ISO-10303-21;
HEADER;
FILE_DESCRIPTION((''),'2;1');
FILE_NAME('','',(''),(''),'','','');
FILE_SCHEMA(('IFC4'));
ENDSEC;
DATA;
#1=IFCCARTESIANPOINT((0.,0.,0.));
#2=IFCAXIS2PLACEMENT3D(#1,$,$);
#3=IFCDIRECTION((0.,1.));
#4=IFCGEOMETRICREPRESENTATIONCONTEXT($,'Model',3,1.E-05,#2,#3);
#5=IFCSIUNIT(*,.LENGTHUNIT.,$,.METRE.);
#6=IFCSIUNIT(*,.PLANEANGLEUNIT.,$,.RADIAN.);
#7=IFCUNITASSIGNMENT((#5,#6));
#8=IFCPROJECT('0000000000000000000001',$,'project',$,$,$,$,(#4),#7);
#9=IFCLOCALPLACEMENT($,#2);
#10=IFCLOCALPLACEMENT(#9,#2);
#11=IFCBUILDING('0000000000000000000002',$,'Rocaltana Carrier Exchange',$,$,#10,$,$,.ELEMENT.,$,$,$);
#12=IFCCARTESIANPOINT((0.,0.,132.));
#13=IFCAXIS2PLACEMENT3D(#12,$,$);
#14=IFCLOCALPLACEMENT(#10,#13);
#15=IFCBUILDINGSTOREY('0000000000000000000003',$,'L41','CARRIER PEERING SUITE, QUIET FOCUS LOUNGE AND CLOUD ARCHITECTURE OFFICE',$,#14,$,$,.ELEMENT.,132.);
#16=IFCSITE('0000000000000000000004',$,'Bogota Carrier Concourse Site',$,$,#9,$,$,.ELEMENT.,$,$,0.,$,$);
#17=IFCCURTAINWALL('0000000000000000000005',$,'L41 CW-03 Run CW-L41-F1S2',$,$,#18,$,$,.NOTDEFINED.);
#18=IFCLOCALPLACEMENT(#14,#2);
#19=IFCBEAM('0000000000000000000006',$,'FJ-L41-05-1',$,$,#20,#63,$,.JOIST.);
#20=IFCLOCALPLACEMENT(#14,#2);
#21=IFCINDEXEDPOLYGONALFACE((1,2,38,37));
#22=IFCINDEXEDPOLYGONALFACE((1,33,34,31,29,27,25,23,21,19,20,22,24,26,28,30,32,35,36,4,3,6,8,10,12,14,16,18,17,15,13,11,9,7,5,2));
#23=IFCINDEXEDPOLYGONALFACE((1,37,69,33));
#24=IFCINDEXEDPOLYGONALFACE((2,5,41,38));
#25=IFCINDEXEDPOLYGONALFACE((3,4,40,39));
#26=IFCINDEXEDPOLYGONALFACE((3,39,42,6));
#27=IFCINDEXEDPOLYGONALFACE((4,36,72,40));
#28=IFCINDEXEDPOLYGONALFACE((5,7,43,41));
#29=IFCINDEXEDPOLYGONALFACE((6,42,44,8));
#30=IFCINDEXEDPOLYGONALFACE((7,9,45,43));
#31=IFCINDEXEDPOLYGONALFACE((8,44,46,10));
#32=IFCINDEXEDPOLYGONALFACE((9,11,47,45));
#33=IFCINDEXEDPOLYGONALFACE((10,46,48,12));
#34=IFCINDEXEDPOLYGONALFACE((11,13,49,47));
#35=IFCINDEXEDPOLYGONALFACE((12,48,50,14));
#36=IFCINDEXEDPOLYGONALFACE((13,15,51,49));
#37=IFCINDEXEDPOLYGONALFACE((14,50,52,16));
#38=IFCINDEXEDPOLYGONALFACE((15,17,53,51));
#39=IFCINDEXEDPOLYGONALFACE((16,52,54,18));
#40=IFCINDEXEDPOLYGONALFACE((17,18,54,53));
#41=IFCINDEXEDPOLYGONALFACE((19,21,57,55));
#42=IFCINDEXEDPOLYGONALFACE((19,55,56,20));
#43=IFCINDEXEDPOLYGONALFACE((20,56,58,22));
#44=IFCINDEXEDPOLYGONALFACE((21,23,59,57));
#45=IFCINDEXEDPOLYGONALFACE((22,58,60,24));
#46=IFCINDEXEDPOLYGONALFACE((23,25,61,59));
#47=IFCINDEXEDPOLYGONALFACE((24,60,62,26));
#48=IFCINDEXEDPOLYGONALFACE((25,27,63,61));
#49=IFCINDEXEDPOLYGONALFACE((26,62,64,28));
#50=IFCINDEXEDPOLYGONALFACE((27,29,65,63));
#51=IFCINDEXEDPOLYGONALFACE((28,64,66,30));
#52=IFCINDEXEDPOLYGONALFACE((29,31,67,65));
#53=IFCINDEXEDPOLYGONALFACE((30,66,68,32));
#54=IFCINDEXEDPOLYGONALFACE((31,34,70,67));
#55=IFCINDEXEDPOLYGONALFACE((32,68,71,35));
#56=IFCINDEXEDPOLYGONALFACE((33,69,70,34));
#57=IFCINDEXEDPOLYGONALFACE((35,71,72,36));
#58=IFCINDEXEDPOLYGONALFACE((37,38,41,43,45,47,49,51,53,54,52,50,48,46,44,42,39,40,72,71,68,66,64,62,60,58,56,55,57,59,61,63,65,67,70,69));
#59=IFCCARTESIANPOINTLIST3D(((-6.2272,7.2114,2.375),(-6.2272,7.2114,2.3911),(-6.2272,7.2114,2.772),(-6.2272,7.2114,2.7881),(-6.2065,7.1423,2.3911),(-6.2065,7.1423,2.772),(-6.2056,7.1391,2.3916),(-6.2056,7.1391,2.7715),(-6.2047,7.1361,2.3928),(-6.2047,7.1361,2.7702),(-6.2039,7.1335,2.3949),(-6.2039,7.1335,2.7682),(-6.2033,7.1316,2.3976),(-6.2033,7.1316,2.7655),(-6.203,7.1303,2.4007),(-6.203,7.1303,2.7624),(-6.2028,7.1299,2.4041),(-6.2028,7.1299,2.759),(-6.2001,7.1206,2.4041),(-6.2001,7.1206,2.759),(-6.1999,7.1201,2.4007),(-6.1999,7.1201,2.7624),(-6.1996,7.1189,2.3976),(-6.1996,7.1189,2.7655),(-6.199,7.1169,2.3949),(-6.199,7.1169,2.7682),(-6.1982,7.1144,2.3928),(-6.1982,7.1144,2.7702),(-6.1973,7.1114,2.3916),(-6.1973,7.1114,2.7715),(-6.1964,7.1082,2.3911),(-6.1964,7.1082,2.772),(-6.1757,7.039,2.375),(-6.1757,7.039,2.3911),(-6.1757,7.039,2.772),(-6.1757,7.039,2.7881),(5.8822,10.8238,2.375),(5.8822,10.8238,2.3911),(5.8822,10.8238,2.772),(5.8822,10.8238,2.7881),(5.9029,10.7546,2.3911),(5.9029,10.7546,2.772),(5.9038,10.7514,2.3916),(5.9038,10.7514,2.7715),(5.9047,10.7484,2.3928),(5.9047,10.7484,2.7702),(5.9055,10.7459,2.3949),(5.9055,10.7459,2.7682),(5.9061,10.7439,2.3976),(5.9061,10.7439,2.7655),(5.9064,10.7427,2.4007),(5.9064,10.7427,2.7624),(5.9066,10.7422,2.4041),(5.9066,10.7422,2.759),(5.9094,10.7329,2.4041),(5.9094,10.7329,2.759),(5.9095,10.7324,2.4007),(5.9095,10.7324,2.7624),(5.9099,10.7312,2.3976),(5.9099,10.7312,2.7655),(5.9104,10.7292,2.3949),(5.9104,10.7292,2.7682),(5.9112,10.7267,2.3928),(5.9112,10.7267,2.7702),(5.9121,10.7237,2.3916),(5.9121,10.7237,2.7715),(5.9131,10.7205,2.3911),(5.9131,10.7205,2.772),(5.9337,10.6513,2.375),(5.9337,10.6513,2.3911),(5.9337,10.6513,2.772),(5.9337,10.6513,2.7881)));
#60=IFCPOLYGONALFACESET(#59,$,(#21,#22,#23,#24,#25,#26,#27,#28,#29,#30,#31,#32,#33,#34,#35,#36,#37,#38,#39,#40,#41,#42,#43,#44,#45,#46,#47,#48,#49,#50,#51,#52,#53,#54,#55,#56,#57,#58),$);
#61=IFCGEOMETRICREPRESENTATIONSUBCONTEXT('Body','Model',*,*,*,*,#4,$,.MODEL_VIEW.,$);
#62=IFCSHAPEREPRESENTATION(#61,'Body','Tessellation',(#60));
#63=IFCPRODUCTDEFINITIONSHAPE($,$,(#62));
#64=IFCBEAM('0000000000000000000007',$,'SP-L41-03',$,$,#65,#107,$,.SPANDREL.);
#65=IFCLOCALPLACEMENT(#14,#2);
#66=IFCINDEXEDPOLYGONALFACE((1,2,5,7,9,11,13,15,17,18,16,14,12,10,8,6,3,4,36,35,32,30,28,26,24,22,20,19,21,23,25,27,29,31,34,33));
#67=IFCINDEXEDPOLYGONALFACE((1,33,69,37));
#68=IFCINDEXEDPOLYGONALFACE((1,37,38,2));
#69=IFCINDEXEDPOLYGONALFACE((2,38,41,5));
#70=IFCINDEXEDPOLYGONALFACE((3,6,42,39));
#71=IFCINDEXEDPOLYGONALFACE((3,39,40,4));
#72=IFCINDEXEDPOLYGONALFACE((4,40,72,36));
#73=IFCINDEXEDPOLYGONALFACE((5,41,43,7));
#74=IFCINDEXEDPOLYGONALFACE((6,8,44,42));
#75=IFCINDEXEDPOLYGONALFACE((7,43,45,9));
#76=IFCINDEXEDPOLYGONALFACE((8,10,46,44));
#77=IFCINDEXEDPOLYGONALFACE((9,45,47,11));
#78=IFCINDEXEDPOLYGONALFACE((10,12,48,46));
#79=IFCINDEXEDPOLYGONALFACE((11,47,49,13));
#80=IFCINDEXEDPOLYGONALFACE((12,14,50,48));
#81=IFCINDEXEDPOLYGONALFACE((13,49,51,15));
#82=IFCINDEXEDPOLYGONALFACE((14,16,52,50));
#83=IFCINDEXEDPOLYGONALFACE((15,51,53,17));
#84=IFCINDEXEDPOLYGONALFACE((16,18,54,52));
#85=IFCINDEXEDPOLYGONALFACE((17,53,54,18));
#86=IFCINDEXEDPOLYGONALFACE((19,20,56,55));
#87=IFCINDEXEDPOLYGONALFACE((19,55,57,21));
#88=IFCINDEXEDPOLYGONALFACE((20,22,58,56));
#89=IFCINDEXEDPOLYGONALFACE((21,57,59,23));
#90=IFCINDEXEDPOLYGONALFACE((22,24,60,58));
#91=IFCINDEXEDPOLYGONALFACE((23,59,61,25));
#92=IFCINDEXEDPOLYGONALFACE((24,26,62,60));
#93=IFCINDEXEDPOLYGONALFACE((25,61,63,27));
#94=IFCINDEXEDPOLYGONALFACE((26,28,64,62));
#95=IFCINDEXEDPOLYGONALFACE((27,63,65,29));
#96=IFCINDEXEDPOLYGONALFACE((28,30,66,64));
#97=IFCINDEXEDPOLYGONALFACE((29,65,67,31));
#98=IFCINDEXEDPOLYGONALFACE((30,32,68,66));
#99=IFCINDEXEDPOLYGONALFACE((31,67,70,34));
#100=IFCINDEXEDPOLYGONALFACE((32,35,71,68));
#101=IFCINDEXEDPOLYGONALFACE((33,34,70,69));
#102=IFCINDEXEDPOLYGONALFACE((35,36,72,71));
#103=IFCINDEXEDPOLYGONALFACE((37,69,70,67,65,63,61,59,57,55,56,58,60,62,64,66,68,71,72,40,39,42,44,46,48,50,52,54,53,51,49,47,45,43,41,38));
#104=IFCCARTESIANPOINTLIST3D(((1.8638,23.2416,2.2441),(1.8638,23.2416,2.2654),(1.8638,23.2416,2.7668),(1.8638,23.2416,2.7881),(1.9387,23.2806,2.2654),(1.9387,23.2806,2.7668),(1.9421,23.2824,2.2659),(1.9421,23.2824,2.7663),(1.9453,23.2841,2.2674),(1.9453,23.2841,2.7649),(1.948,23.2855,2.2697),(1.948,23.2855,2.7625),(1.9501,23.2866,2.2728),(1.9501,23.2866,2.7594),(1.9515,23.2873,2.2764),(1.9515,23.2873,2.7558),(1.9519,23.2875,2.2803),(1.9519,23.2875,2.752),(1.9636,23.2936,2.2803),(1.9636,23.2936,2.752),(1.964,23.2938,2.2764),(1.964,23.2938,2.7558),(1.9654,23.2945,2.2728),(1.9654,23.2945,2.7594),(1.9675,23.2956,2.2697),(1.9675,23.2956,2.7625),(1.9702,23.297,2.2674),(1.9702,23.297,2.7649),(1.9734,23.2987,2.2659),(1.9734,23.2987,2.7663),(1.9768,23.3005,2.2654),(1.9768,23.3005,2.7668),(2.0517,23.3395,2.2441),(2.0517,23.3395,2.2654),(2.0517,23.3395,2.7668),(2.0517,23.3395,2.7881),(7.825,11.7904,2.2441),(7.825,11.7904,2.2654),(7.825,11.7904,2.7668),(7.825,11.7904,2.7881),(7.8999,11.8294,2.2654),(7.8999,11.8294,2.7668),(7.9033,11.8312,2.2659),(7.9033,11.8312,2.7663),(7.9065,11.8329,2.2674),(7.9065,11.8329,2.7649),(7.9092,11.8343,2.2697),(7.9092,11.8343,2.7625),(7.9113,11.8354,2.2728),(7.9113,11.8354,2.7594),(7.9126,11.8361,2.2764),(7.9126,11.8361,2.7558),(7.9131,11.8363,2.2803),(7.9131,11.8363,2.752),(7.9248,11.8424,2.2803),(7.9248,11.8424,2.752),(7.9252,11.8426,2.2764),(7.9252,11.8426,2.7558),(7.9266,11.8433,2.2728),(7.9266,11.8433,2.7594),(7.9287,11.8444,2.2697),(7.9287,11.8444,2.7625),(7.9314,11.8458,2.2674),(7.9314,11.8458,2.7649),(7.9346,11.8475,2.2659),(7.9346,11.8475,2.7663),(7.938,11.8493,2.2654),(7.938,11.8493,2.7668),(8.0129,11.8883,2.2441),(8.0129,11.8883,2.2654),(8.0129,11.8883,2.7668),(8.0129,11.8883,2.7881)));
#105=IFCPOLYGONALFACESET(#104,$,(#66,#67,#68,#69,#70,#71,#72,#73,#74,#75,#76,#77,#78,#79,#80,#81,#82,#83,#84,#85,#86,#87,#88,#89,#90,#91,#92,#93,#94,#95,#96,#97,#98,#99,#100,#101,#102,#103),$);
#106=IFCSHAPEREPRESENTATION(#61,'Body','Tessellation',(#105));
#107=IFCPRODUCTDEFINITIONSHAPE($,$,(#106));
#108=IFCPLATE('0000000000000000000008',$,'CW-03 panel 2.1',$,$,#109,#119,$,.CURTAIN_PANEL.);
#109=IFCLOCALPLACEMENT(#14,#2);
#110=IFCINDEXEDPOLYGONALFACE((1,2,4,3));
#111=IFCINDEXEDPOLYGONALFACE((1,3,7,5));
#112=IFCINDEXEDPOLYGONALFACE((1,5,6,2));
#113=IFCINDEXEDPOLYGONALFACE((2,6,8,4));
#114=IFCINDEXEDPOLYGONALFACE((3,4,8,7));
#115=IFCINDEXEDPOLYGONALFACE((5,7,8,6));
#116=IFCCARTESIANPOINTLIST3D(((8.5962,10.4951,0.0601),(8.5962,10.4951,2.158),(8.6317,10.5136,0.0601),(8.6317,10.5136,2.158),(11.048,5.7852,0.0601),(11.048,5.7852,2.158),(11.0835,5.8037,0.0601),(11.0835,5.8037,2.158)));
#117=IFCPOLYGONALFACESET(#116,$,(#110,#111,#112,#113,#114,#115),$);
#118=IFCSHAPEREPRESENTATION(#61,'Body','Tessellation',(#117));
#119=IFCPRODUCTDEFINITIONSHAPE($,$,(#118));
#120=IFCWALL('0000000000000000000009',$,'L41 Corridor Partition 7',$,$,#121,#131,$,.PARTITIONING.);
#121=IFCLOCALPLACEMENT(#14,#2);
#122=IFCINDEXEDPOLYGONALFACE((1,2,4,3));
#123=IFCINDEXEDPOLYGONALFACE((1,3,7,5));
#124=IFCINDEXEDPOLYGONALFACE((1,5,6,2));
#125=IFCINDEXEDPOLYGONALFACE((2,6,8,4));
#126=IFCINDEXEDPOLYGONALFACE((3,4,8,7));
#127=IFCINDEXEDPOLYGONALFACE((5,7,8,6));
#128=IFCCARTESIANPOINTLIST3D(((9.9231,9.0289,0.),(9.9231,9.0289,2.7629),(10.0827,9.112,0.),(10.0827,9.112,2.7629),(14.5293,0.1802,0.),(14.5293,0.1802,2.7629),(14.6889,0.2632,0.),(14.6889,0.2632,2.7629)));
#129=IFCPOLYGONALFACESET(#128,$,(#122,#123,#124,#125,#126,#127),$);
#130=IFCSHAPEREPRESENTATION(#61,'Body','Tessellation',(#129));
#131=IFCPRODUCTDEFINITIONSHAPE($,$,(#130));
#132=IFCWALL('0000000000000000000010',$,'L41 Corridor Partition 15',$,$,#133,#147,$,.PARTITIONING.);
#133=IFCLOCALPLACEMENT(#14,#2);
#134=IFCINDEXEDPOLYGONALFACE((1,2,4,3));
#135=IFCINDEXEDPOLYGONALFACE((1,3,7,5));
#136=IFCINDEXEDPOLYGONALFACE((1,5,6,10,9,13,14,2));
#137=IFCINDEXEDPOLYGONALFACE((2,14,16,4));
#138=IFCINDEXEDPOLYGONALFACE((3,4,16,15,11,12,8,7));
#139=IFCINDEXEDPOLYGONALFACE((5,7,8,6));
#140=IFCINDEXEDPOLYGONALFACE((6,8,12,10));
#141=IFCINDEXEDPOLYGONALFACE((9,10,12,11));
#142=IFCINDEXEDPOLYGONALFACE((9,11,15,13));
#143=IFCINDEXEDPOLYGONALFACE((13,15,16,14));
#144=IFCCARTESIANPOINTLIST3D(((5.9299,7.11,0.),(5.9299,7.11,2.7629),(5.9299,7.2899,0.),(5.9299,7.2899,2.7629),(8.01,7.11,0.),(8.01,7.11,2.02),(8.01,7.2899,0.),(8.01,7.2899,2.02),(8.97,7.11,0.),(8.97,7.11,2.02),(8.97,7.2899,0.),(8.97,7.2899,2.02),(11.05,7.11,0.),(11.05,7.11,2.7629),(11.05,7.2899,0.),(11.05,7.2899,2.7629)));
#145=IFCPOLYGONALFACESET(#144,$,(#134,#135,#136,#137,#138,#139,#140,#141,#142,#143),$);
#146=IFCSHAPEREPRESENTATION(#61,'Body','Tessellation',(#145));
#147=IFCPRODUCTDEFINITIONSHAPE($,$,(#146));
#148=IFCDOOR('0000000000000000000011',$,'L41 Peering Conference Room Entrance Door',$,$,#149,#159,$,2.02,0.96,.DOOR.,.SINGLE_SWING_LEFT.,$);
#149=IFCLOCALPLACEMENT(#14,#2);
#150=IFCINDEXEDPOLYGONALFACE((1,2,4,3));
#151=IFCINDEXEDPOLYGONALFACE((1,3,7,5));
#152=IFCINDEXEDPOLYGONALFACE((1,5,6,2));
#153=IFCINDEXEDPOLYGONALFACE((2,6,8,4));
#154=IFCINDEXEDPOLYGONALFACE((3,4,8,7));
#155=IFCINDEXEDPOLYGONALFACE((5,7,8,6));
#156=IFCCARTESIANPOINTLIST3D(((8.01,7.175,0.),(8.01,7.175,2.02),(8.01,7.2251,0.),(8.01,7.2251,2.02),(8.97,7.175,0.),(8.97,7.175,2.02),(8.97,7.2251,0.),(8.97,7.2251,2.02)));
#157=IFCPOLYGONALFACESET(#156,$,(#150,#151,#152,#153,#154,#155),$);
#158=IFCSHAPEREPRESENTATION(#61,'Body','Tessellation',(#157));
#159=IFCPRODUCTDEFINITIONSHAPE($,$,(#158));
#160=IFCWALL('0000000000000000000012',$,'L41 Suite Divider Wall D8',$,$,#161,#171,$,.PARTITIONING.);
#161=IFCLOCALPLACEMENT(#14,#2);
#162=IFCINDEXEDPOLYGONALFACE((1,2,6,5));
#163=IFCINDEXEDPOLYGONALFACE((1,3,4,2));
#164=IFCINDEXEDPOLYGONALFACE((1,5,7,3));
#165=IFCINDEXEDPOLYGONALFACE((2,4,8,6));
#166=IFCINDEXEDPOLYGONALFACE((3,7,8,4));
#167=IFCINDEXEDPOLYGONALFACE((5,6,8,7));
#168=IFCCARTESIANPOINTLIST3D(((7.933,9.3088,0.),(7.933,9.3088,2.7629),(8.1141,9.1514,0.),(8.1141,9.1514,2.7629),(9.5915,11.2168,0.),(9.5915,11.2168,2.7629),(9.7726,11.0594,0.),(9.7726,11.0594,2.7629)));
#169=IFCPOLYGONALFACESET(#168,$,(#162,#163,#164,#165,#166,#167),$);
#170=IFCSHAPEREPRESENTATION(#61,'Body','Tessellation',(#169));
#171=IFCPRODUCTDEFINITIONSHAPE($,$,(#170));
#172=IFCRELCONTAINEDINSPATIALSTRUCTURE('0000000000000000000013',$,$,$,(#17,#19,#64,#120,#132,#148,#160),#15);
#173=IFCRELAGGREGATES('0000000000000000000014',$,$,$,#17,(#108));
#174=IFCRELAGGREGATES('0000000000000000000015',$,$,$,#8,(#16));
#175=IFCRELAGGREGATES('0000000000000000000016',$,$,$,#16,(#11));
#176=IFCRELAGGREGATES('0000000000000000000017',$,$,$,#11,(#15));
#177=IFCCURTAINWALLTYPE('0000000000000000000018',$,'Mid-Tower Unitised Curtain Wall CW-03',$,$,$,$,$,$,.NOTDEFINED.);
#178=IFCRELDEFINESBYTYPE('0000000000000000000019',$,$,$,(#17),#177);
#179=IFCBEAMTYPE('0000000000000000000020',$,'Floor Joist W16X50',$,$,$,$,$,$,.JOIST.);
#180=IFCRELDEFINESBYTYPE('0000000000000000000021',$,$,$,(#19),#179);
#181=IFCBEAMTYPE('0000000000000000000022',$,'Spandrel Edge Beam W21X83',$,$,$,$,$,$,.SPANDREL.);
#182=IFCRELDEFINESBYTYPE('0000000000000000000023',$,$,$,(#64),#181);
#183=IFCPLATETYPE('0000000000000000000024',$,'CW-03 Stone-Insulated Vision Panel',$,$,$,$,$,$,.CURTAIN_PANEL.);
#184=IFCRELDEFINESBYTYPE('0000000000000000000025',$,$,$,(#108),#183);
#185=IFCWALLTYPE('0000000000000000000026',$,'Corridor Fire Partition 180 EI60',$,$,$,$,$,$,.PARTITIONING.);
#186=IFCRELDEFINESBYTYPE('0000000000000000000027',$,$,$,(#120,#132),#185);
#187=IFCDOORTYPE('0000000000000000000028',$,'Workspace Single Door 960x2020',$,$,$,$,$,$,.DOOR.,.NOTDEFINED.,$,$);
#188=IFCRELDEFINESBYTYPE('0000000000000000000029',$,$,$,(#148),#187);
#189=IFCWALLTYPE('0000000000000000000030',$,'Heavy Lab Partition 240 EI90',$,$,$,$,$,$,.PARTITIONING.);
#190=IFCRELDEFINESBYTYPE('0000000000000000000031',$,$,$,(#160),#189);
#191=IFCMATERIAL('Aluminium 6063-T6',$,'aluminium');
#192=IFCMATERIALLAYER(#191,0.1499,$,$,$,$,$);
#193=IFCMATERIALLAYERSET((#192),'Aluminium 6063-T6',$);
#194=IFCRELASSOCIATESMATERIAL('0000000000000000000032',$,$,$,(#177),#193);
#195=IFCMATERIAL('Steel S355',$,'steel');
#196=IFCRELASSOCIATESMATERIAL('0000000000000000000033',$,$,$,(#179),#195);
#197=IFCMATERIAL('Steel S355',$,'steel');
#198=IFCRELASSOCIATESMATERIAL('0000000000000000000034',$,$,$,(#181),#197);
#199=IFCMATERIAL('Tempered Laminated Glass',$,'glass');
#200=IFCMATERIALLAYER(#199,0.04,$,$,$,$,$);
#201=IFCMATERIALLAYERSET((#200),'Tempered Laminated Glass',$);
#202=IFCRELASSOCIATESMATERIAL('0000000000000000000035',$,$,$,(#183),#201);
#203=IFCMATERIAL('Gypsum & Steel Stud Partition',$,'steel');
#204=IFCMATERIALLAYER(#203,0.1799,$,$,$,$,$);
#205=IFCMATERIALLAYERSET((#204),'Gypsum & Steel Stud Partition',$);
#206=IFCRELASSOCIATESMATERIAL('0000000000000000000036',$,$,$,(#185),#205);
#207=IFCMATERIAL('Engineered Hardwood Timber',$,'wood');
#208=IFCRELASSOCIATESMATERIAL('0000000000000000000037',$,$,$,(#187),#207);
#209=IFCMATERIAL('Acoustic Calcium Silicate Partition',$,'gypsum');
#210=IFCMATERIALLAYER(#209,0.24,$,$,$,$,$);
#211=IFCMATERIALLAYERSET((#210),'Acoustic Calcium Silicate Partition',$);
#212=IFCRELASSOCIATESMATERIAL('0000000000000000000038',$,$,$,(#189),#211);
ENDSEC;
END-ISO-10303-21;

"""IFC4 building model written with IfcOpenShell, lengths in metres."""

from ifc_helpers import new_model, si_unit, direction, frame, frame_2d, origin, origin_2d, place, context, subcontext, project, spatial, rectangle, i_section, extrude, material, layer, layer_set, material_profile, profile_set, type_object, element, fill, aggregate, save


model = new_model("IFC4")

# Units and contexts
model_context = context("Model", 3, precision=1e-05, world=origin(), true_north=direction((0.0, 1.0)))
body_context = subcontext(model_context, "Body", "Model", "MODEL_VIEW")
ifc_project = project(units=[si_unit("LENGTHUNIT", "METRE"), si_unit("PLANEANGLEUNIT", "RADIAN")], contexts=[model_context])

# Site, building, storey
site_placement = place(None, origin())
site = spatial("IfcSite", under=ifc_project, at=site_placement, Name="Bogota Carrier Concourse Site", CompositionType="ELEMENT", RefElevation=0.0)
building_placement = place(site_placement, origin())
building = spatial("IfcBuilding", under=site, at=building_placement, Name="Rocaltana Carrier Exchange", CompositionType="ELEMENT")
storey_placement = place(building_placement, frame((0.0, 0.0, 132.0)))
storey = spatial("IfcBuildingStorey", under=building, at=storey_placement, Name="L41", Description="CARRIER PEERING SUITE, QUIET FOCUS LOUNGE AND CLOUD ARCHITECTURE OFFICE", CompositionType="ELEMENT", Elevation=132.0)

# Curtain wall
ifc_material_1 = material(Name="Aluminium 6063-T6", Category="aluminium")
ifc_layer_1 = layer(ifc_material_1, 0.1499)
ifc_layer_set_1 = layer_set([ifc_layer_1], Name="Aluminium 6063-T6")
curtain_wall_type = type_object("IfcCurtainWallType", Name="Mid-Tower Unitised Curtain Wall CW-03", PredefinedType="NOTDEFINED", material=ifc_layer_set_1)
curtain_wall_placement = place(storey_placement, origin())
curtain_wall = element("IfcCurtainWall", 1, at=curtain_wall_placement, inside=storey, type_object=curtain_wall_type, Name="L41 CW-03 Run CW-L41-F1S2", PredefinedType="NOTDEFINED")

# Beams
ifc_material_2 = material(Name="Steel S355", Category="steel")
ifc_material_profile_1 = material_profile(ifc_material_2, i_section(OverallWidth=0.1799, OverallDepth=0.4131, WebThickness=0.0098, FlangeThickness=0.0161, FilletRadius=0.0129, at=origin_2d()), Name="W16X50")
ifc_profile_set_1 = profile_set([ifc_material_profile_1], Name="Steel S355")
beam_type_1 = type_object("IfcBeamType", Name="Floor Joist W16X50", PredefinedType="JOIST", material=ifc_profile_set_1)
beam_1_placement = place(storey_placement, frame((5.908, 10.7375, 2.5815), z_axis=(-0.958272, -0.285859, 0.0), x_axis=(0.285859, -0.958272, 0.0)))
element("IfcBeam", 2, at=beam_1_placement, inside=storey, type_object=beam_type_1, Name="FJ-L41-05-1", PredefinedType="JOIST", context=body_context, shape_type="SweptSolid", body=[
    extrude(i_section(OverallWidth=0.1799, OverallDepth=0.4131, WebThickness=0.0098, FlangeThickness=0.0161, FilletRadius=0.0129, at=origin_2d()), origin(), (0.0, 0.0, 1.0), 12.6367),
])
ifc_material_3 = material(Name="Steel S355", Category="steel")
ifc_material_profile_2 = material_profile(ifc_material_3, i_section(OverallWidth=0.2119, OverallDepth=0.5439, WebThickness=0.0132, FlangeThickness=0.0212, FilletRadius=0.0149, at=origin_2d()), Name="W21X83")
ifc_profile_set_2 = profile_set([ifc_material_profile_2], Name="Steel S355")
beam_type_2 = type_object("IfcBeamType", Name="Spandrel Edge Beam W21X83", PredefinedType="SPANDREL", material=ifc_profile_set_2)
beam_2_placement = place(storey_placement, frame((7.9189, 11.8394, 2.5161), z_axis=(-0.461753, 0.887008, 0.0), x_axis=(-0.887008, -0.461753, 0.0)))
element("IfcBeam", 3, at=beam_2_placement, inside=storey, type_object=beam_type_2, Name="SP-L41-03", PredefinedType="SPANDREL", context=body_context, shape_type="SweptSolid", body=[
    extrude(i_section(OverallWidth=0.2119, OverallDepth=0.5439, WebThickness=0.0132, FlangeThickness=0.0212, FilletRadius=0.0149, at=origin_2d()), origin(), (0.0, 0.0, 1.0), 12.9099),
])

# Plate
ifc_material_4 = material(Name="Tempered Laminated Glass", Category="glass")
ifc_layer_2 = layer(ifc_material_4, 0.04)
ifc_layer_set_2 = layer_set([ifc_layer_2], Name="Tempered Laminated Glass")
plate_type = type_object("IfcPlateType", Name="CW-03 Stone-Insulated Vision Panel", PredefinedType="CURTAIN_PANEL", material=ifc_layer_set_2)
plate_placement = place(storey_placement, frame((9.8398, 8.1494, 0.0601), z_axis=(0.0, 0.0, 1.0), x_axis=(-0.461747, 0.887012, 0.0)))
plate = element("IfcPlate", 4, at=plate_placement, type_object=plate_type, Name="CW-03 panel 2.1", PredefinedType="CURTAIN_PANEL", context=body_context, shape_type="SweptSolid", body=[
    extrude(rectangle(XDim=5.3098, YDim=0.04, at=origin_2d()), origin(), (0.0, 0.0, 1.0), 2.0979),
])
aggregate(curtain_wall, [plate])

# Wall
ifc_material_5 = material(Name="Gypsum & Steel Stud Partition", Category="steel")
ifc_layer_3 = layer(ifc_material_5, 0.1799)
ifc_layer_set_3 = layer_set([ifc_layer_3], Name="Gypsum & Steel Stud Partition")
wall_type_1 = type_object("IfcWallType", Name="Corridor Fire Partition 180 EI60", PredefinedType="PARTITIONING", material=ifc_layer_set_3)
wall_1_placement = place(storey_placement, frame((10.0029, 9.0703, 0.0), z_axis=(0.0, 0.0, 1.0), x_axis=(0.46174, -0.887015, 0.0)))
element("IfcWall", 5, at=wall_1_placement, inside=storey, type_object=wall_type_1, Name="L41 Corridor Partition 7", PredefinedType="PARTITIONING", context=body_context, shape_type="SweptSolid", body=[
    extrude(rectangle(XDim=9.9758, YDim=0.1799, at=frame_2d((4.9878, 0.0))), origin(), (0.0, 0.0, 1.0), 2.7629),
])

# Wall, opening, door
wall_2_placement = place(storey_placement, frame((11.05, 7.2, 0.0), z_axis=(0.0, 0.0, 1.0), x_axis=(-1.0, 0.0, 0.0)))
wall_2 = element("IfcWall", 6, at=wall_2_placement, inside=storey, type_object=wall_type_1, Name="L41 Corridor Partition 15", PredefinedType="PARTITIONING", context=body_context, shape_type="SweptSolid", body=[
    extrude(rectangle(XDim=5.1201, YDim=0.1799, at=frame_2d((2.5601, 0.0))), origin(), (0.0, 0.0, 1.0), 2.7629),
])
opening_1_placement = place(wall_2_placement, frame((2.0801, 0.0, 0.0)))
opening_1 = element("IfcOpeningElement", 7, at=opening_1_placement, cuts=wall_2, PredefinedType="OPENING", context=body_context, shape_type="SweptSolid", body=[
    extrude(rectangle(XDim=0.96, YDim=2.02, at=frame_2d((0.48, 1.01))), frame((0.0, 0.0999, 0.0), z_axis=(0.0, -1.0, 0.0), x_axis=(1.0, 0.0, 0.0)), (0.0, 0.0, 1.0), 0.2),
])
ifc_material_6 = material(Name="Engineered Hardwood Timber", Category="wood")
door_type_1 = type_object("IfcDoorType", Name="Workspace Single Door 960x2020", OperationType="NOTDEFINED", PredefinedType="DOOR", material=ifc_material_6)
door_1_placement = place(opening_1_placement, origin())
door_1 = element("IfcDoor", 8, at=door_1_placement, inside=storey, type_object=door_type_1, Name="L41 Peering Conference Room Entrance Door", OperationType="SINGLE_SWING_LEFT", OverallHeight=2.02, OverallWidth=0.96, PredefinedType="DOOR", context=body_context, shape_type="SweptSolid", body=[
    extrude(rectangle(XDim=0.96, YDim=2.02, at=frame_2d((0.48, 1.01))), frame((0.0, 0.0249, 0.0), z_axis=(0.0, -1.0, 0.0), x_axis=(1.0, 0.0, 0.0)), (0.0, 0.0, 1.0), 0.05),
])
fill(opening_1, door_1)

# Wall
ifc_material_7 = material(Name="Acoustic Calcium Silicate Partition", Category="gypsum")
ifc_layer_4 = layer(ifc_material_7, 0.24)
ifc_layer_set_4 = layer_set([ifc_layer_4], Name="Acoustic Calcium Silicate Partition")
wall_type_2 = type_object("IfcWallType", Name="Heavy Lab Partition 240 EI90", PredefinedType="PARTITIONING", material=ifc_layer_set_4)
wall_3_placement = place(storey_placement, frame((8.0234, 9.23, 0.0), z_axis=(0.0, 0.0, 1.0), x_axis=(0.656033, 0.754732, 0.0)))
element("IfcWall", 9, at=wall_3_placement, inside=storey, type_object=wall_type_2, Name="L41 Suite Divider Wall D8", PredefinedType="PARTITIONING", context=body_context, shape_type="SweptSolid", body=[
    extrude(rectangle(XDim=2.5281, YDim=0.24, at=frame_2d((1.2642, 0.0))), origin(), (0.0, 0.0, 1.0), 2.7629),
])

save(model, "model.ifc")
